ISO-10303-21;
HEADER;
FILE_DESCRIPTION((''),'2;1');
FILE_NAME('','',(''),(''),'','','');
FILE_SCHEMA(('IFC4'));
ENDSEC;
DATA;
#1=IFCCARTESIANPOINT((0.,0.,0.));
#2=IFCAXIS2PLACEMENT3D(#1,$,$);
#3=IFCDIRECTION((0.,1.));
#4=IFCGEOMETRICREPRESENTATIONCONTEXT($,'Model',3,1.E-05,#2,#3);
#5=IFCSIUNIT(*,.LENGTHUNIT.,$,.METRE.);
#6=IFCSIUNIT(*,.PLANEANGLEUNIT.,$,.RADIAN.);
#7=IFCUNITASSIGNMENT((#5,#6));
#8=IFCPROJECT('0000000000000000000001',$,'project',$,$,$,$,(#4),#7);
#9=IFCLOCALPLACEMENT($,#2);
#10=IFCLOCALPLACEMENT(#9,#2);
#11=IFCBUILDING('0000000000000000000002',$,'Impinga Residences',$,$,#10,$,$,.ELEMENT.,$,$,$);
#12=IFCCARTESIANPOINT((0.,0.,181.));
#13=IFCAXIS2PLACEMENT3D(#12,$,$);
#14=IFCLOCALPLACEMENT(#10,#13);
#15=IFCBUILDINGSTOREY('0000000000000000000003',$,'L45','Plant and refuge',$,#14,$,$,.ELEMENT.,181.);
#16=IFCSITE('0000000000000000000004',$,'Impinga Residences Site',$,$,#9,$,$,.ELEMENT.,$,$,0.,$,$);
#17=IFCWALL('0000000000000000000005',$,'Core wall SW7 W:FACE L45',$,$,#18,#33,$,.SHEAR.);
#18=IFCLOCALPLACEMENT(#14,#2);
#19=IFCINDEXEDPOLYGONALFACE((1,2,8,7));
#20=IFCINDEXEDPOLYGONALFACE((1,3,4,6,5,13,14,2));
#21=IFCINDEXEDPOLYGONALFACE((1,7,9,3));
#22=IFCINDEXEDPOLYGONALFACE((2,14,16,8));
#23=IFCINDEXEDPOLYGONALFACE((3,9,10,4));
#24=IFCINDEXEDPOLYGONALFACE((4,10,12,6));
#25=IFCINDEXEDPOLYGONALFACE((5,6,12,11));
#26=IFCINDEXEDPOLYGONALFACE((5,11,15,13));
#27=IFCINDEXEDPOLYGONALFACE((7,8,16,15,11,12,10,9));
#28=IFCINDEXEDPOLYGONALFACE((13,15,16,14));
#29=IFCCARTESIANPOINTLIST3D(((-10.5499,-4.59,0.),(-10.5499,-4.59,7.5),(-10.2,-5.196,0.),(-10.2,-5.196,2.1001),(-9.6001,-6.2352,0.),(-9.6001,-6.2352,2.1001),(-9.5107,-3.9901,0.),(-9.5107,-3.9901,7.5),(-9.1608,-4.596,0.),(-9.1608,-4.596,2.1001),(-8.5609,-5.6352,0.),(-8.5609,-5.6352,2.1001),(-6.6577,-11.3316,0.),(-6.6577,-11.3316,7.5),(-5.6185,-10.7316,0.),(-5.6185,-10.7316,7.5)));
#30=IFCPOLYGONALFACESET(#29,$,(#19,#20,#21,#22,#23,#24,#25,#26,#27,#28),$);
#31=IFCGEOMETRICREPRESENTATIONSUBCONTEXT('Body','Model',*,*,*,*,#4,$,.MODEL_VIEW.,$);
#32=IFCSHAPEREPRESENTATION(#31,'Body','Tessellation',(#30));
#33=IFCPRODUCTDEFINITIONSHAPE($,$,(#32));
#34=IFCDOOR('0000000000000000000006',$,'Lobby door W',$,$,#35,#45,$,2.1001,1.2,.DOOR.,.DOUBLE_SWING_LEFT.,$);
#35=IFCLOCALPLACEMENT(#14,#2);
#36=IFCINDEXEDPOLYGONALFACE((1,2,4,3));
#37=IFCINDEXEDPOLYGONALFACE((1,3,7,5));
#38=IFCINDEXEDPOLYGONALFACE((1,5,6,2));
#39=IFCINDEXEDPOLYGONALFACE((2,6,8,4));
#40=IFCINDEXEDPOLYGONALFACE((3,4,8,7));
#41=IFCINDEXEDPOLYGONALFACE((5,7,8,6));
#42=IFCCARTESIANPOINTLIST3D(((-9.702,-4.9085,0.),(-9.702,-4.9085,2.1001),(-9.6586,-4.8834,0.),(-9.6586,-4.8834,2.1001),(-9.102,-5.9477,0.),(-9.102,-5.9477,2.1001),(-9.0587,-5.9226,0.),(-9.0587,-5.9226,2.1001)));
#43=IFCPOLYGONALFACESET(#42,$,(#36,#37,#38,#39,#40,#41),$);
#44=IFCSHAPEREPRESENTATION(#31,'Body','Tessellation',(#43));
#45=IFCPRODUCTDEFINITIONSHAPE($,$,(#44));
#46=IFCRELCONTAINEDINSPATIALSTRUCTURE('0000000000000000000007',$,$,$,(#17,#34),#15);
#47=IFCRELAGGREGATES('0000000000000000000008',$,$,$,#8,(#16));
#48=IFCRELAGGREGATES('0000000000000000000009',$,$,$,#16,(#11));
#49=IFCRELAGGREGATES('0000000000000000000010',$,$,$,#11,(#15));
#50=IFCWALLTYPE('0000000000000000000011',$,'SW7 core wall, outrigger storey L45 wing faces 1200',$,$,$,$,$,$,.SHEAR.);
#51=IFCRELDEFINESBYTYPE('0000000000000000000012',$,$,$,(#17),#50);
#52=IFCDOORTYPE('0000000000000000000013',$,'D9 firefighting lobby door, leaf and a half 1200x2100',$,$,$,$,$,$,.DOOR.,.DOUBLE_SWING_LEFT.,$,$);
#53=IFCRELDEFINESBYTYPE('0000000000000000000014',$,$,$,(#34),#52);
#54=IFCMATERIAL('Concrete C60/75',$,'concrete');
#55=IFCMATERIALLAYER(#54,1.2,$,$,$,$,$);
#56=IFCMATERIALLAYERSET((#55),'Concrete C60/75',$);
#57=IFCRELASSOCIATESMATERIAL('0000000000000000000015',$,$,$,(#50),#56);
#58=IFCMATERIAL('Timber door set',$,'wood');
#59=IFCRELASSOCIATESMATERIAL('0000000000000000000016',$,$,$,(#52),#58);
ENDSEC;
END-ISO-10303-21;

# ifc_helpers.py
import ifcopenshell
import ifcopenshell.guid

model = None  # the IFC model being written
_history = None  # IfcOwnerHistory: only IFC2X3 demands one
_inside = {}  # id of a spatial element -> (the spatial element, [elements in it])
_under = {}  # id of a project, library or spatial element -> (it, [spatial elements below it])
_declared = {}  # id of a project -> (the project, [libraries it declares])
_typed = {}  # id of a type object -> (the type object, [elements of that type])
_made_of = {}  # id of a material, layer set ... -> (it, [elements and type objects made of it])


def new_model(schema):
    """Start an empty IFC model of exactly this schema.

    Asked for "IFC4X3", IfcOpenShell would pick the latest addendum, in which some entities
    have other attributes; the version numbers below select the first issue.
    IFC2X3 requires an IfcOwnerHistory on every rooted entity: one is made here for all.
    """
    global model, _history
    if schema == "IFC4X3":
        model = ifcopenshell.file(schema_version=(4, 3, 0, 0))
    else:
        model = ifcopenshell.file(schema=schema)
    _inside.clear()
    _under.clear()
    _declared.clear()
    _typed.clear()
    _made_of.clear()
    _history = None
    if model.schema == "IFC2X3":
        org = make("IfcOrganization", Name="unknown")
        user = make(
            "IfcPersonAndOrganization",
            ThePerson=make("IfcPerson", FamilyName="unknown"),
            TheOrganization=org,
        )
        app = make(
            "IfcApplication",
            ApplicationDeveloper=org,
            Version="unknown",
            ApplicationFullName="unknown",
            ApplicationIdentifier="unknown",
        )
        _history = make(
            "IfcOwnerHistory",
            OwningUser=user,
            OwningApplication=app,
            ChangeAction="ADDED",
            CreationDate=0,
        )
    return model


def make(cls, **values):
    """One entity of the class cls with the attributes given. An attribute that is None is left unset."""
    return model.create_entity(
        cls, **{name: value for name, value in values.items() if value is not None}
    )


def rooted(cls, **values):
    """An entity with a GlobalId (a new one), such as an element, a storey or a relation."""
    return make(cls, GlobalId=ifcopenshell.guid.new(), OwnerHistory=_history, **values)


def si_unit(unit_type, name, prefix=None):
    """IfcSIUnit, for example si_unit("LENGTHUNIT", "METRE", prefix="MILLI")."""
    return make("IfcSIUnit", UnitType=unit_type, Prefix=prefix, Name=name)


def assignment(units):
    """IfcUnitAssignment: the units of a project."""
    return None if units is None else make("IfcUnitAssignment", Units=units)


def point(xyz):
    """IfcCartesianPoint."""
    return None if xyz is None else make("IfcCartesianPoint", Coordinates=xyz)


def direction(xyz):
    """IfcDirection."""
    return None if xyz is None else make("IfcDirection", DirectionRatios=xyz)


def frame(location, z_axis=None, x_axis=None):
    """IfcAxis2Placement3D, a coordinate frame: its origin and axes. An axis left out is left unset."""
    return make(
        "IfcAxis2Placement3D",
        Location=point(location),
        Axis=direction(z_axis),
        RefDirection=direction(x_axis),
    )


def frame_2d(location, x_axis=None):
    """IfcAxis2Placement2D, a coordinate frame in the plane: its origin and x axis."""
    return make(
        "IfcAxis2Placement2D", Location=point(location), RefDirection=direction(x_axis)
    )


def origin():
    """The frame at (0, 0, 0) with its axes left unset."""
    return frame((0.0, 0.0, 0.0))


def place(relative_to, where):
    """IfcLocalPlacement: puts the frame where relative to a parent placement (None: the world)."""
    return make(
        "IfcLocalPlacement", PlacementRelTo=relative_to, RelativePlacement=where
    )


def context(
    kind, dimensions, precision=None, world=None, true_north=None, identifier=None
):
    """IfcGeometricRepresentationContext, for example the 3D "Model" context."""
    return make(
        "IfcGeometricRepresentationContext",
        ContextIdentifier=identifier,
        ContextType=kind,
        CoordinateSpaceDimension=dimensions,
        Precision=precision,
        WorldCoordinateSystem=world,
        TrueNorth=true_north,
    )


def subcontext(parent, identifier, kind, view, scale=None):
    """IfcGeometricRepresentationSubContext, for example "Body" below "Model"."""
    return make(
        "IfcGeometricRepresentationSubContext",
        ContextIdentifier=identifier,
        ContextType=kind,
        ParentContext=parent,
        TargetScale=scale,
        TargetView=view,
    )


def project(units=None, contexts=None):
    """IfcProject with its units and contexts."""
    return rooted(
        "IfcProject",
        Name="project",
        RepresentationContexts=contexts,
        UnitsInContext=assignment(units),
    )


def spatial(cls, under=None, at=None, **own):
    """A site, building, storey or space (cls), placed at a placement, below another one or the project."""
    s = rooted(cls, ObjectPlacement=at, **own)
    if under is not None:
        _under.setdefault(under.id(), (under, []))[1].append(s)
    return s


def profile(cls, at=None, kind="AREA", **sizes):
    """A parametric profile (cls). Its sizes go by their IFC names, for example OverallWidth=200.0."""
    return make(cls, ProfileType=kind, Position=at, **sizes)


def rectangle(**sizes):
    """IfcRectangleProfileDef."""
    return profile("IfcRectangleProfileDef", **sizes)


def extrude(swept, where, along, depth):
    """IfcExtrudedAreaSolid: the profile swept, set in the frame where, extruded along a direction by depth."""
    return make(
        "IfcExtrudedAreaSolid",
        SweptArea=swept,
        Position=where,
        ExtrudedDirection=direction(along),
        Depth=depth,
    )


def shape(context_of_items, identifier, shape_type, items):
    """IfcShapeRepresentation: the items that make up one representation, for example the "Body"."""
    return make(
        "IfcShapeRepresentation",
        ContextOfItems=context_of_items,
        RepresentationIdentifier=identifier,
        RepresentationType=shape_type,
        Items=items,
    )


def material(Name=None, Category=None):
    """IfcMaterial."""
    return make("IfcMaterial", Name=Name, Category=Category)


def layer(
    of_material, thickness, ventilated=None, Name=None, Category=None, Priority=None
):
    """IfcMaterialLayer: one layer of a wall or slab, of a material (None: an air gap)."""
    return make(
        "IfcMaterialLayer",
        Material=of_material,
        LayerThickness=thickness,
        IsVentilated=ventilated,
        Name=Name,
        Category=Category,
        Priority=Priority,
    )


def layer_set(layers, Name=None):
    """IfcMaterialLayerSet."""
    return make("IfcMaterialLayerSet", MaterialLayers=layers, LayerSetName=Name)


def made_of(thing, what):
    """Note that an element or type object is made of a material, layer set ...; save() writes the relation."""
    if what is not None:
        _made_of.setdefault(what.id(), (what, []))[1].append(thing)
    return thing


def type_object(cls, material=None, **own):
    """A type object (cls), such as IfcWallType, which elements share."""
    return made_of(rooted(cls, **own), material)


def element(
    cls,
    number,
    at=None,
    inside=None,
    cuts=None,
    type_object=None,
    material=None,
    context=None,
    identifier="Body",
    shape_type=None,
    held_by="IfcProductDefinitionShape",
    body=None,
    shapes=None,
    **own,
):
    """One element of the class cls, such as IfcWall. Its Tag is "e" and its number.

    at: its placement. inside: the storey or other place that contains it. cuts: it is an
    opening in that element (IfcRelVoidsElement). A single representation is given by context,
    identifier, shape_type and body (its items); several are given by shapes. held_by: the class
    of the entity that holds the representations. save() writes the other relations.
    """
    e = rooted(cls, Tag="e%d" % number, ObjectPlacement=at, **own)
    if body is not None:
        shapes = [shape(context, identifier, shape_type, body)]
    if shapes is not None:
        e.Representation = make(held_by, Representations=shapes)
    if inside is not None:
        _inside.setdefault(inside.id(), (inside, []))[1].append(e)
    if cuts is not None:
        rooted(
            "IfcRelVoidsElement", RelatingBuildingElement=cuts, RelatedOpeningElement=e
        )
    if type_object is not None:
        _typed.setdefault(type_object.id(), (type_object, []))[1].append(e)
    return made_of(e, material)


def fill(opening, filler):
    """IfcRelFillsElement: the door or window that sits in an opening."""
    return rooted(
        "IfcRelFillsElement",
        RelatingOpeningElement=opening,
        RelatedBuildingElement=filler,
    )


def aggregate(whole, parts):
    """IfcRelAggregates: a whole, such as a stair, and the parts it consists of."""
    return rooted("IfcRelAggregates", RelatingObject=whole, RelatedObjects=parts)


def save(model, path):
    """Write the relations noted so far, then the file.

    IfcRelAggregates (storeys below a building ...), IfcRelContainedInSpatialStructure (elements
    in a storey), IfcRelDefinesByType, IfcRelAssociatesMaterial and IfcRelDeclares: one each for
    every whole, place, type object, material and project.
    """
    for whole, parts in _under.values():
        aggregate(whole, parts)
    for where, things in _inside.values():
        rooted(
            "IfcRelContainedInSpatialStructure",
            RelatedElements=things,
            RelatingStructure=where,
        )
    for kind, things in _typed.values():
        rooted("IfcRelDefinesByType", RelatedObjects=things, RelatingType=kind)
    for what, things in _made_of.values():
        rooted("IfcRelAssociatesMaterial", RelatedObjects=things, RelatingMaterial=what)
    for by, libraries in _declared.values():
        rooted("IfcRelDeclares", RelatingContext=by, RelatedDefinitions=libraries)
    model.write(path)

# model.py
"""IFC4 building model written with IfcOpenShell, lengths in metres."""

from ifc_helpers import new_model, si_unit, direction, frame, frame_2d, origin, place, context, subcontext, project, spatial, rectangle, extrude, material, layer, layer_set, type_object, element, fill, save


model = new_model("IFC4")

# Units and contexts
model_context = context("Model", 3, precision=1e-05, world=origin(), true_north=direction((0.0, 1.0)))
body_context = subcontext(model_context, "Body", "Model", "MODEL_VIEW")
ifc_project = project(units=[si_unit("LENGTHUNIT", "METRE"), si_unit("PLANEANGLEUNIT", "RADIAN")], contexts=[model_context])

# Site, building, storey
site_placement = place(None, origin())
site = spatial("IfcSite", under=ifc_project, at=site_placement, Name="Impinga Residences Site", CompositionType="ELEMENT", RefElevation=0.0)
building_placement = place(site_placement, origin())
building = spatial("IfcBuilding", under=site, at=building_placement, Name="Impinga Residences", CompositionType="ELEMENT")
storey_placement = place(building_placement, frame((0.0, 0.0, 181.0)))
storey = spatial("IfcBuildingStorey", under=building, at=storey_placement, Name="L45", Description="Plant and refuge", CompositionType="ELEMENT", Elevation=181.0)

# Shared definitions
ifc_material_1 = material(Name="Concrete C60/75", Category="concrete")

# Shared definitions
ifc_material_2 = material(Name="Timber door set", Category="wood")

# Wall, opening, door
ifc_layer_1 = layer(ifc_material_1, 1.2)
ifc_layer_set_1 = layer_set([ifc_layer_1], Name="Concrete C60/75")
wall_type_1 = type_object("IfcWallType", Name="SW7 core wall, outrigger storey L45 wing faces 1200", PredefinedType="SHEAR", material=ifc_layer_set_1)
wall_1_placement = place(storey_placement, frame((-6.1382, -11.0315, 0.0), z_axis=(0.0, 0.0, 1.0), x_axis=(-0.499991, 0.86603, 0.0)))
wall_1 = element("IfcWall", 1, at=wall_1_placement, inside=storey, type_object=wall_type_1, Name="Core wall SW7 W:FACE L45", PredefinedType="SHEAR", context=body_context, shape_type="SweptSolid", body=[
    extrude(rectangle(XDim=7.7844, YDim=1.2, at=frame_2d((3.8921, 0.0))), origin(), (0.0, 0.0, 1.0), 7.5),
])
opening_1_placement = place(wall_1_placement, frame((5.8845, 0.0, 0.0)))
opening_1 = element("IfcOpeningElement", 2, at=opening_1_placement, cuts=wall_1, PredefinedType="OPENING", context=body_context, shape_type="SweptSolid", body=[
    extrude(rectangle(XDim=1.2, YDim=2.1001, at=frame_2d((0.6001, 1.05))), frame((0.0, 0.6099, 0.0), z_axis=(0.0, -1.0, 0.0), x_axis=(1.0, 0.0, 0.0)), (0.0, 0.0, 1.0), 1.22),
])
door_type_1 = type_object("IfcDoorType", Name="D9 firefighting lobby door, leaf and a half 1200x2100", OperationType="DOUBLE_SWING_LEFT", PredefinedType="DOOR", material=ifc_material_2)
door_1_placement = place(opening_1_placement, origin())
door_1 = element("IfcDoor", 3, at=door_1_placement, inside=storey, type_object=door_type_1, Name="Lobby door W", OperationType="DOUBLE_SWING_LEFT", OverallHeight=2.1001, OverallWidth=1.2, PredefinedType="DOOR", context=body_context, shape_type="SweptSolid", body=[
    extrude(rectangle(XDim=1.2, YDim=2.1001, at=frame_2d((0.6001, 1.05))), frame((0.0, 0.0249, 0.0), z_axis=(0.0, -1.0, 0.0), x_axis=(1.0, 0.0, 0.0)), (0.0, 0.0, 1.0), 0.05),
])
fill(opening_1, door_1)

save(model, "model.ifc")
